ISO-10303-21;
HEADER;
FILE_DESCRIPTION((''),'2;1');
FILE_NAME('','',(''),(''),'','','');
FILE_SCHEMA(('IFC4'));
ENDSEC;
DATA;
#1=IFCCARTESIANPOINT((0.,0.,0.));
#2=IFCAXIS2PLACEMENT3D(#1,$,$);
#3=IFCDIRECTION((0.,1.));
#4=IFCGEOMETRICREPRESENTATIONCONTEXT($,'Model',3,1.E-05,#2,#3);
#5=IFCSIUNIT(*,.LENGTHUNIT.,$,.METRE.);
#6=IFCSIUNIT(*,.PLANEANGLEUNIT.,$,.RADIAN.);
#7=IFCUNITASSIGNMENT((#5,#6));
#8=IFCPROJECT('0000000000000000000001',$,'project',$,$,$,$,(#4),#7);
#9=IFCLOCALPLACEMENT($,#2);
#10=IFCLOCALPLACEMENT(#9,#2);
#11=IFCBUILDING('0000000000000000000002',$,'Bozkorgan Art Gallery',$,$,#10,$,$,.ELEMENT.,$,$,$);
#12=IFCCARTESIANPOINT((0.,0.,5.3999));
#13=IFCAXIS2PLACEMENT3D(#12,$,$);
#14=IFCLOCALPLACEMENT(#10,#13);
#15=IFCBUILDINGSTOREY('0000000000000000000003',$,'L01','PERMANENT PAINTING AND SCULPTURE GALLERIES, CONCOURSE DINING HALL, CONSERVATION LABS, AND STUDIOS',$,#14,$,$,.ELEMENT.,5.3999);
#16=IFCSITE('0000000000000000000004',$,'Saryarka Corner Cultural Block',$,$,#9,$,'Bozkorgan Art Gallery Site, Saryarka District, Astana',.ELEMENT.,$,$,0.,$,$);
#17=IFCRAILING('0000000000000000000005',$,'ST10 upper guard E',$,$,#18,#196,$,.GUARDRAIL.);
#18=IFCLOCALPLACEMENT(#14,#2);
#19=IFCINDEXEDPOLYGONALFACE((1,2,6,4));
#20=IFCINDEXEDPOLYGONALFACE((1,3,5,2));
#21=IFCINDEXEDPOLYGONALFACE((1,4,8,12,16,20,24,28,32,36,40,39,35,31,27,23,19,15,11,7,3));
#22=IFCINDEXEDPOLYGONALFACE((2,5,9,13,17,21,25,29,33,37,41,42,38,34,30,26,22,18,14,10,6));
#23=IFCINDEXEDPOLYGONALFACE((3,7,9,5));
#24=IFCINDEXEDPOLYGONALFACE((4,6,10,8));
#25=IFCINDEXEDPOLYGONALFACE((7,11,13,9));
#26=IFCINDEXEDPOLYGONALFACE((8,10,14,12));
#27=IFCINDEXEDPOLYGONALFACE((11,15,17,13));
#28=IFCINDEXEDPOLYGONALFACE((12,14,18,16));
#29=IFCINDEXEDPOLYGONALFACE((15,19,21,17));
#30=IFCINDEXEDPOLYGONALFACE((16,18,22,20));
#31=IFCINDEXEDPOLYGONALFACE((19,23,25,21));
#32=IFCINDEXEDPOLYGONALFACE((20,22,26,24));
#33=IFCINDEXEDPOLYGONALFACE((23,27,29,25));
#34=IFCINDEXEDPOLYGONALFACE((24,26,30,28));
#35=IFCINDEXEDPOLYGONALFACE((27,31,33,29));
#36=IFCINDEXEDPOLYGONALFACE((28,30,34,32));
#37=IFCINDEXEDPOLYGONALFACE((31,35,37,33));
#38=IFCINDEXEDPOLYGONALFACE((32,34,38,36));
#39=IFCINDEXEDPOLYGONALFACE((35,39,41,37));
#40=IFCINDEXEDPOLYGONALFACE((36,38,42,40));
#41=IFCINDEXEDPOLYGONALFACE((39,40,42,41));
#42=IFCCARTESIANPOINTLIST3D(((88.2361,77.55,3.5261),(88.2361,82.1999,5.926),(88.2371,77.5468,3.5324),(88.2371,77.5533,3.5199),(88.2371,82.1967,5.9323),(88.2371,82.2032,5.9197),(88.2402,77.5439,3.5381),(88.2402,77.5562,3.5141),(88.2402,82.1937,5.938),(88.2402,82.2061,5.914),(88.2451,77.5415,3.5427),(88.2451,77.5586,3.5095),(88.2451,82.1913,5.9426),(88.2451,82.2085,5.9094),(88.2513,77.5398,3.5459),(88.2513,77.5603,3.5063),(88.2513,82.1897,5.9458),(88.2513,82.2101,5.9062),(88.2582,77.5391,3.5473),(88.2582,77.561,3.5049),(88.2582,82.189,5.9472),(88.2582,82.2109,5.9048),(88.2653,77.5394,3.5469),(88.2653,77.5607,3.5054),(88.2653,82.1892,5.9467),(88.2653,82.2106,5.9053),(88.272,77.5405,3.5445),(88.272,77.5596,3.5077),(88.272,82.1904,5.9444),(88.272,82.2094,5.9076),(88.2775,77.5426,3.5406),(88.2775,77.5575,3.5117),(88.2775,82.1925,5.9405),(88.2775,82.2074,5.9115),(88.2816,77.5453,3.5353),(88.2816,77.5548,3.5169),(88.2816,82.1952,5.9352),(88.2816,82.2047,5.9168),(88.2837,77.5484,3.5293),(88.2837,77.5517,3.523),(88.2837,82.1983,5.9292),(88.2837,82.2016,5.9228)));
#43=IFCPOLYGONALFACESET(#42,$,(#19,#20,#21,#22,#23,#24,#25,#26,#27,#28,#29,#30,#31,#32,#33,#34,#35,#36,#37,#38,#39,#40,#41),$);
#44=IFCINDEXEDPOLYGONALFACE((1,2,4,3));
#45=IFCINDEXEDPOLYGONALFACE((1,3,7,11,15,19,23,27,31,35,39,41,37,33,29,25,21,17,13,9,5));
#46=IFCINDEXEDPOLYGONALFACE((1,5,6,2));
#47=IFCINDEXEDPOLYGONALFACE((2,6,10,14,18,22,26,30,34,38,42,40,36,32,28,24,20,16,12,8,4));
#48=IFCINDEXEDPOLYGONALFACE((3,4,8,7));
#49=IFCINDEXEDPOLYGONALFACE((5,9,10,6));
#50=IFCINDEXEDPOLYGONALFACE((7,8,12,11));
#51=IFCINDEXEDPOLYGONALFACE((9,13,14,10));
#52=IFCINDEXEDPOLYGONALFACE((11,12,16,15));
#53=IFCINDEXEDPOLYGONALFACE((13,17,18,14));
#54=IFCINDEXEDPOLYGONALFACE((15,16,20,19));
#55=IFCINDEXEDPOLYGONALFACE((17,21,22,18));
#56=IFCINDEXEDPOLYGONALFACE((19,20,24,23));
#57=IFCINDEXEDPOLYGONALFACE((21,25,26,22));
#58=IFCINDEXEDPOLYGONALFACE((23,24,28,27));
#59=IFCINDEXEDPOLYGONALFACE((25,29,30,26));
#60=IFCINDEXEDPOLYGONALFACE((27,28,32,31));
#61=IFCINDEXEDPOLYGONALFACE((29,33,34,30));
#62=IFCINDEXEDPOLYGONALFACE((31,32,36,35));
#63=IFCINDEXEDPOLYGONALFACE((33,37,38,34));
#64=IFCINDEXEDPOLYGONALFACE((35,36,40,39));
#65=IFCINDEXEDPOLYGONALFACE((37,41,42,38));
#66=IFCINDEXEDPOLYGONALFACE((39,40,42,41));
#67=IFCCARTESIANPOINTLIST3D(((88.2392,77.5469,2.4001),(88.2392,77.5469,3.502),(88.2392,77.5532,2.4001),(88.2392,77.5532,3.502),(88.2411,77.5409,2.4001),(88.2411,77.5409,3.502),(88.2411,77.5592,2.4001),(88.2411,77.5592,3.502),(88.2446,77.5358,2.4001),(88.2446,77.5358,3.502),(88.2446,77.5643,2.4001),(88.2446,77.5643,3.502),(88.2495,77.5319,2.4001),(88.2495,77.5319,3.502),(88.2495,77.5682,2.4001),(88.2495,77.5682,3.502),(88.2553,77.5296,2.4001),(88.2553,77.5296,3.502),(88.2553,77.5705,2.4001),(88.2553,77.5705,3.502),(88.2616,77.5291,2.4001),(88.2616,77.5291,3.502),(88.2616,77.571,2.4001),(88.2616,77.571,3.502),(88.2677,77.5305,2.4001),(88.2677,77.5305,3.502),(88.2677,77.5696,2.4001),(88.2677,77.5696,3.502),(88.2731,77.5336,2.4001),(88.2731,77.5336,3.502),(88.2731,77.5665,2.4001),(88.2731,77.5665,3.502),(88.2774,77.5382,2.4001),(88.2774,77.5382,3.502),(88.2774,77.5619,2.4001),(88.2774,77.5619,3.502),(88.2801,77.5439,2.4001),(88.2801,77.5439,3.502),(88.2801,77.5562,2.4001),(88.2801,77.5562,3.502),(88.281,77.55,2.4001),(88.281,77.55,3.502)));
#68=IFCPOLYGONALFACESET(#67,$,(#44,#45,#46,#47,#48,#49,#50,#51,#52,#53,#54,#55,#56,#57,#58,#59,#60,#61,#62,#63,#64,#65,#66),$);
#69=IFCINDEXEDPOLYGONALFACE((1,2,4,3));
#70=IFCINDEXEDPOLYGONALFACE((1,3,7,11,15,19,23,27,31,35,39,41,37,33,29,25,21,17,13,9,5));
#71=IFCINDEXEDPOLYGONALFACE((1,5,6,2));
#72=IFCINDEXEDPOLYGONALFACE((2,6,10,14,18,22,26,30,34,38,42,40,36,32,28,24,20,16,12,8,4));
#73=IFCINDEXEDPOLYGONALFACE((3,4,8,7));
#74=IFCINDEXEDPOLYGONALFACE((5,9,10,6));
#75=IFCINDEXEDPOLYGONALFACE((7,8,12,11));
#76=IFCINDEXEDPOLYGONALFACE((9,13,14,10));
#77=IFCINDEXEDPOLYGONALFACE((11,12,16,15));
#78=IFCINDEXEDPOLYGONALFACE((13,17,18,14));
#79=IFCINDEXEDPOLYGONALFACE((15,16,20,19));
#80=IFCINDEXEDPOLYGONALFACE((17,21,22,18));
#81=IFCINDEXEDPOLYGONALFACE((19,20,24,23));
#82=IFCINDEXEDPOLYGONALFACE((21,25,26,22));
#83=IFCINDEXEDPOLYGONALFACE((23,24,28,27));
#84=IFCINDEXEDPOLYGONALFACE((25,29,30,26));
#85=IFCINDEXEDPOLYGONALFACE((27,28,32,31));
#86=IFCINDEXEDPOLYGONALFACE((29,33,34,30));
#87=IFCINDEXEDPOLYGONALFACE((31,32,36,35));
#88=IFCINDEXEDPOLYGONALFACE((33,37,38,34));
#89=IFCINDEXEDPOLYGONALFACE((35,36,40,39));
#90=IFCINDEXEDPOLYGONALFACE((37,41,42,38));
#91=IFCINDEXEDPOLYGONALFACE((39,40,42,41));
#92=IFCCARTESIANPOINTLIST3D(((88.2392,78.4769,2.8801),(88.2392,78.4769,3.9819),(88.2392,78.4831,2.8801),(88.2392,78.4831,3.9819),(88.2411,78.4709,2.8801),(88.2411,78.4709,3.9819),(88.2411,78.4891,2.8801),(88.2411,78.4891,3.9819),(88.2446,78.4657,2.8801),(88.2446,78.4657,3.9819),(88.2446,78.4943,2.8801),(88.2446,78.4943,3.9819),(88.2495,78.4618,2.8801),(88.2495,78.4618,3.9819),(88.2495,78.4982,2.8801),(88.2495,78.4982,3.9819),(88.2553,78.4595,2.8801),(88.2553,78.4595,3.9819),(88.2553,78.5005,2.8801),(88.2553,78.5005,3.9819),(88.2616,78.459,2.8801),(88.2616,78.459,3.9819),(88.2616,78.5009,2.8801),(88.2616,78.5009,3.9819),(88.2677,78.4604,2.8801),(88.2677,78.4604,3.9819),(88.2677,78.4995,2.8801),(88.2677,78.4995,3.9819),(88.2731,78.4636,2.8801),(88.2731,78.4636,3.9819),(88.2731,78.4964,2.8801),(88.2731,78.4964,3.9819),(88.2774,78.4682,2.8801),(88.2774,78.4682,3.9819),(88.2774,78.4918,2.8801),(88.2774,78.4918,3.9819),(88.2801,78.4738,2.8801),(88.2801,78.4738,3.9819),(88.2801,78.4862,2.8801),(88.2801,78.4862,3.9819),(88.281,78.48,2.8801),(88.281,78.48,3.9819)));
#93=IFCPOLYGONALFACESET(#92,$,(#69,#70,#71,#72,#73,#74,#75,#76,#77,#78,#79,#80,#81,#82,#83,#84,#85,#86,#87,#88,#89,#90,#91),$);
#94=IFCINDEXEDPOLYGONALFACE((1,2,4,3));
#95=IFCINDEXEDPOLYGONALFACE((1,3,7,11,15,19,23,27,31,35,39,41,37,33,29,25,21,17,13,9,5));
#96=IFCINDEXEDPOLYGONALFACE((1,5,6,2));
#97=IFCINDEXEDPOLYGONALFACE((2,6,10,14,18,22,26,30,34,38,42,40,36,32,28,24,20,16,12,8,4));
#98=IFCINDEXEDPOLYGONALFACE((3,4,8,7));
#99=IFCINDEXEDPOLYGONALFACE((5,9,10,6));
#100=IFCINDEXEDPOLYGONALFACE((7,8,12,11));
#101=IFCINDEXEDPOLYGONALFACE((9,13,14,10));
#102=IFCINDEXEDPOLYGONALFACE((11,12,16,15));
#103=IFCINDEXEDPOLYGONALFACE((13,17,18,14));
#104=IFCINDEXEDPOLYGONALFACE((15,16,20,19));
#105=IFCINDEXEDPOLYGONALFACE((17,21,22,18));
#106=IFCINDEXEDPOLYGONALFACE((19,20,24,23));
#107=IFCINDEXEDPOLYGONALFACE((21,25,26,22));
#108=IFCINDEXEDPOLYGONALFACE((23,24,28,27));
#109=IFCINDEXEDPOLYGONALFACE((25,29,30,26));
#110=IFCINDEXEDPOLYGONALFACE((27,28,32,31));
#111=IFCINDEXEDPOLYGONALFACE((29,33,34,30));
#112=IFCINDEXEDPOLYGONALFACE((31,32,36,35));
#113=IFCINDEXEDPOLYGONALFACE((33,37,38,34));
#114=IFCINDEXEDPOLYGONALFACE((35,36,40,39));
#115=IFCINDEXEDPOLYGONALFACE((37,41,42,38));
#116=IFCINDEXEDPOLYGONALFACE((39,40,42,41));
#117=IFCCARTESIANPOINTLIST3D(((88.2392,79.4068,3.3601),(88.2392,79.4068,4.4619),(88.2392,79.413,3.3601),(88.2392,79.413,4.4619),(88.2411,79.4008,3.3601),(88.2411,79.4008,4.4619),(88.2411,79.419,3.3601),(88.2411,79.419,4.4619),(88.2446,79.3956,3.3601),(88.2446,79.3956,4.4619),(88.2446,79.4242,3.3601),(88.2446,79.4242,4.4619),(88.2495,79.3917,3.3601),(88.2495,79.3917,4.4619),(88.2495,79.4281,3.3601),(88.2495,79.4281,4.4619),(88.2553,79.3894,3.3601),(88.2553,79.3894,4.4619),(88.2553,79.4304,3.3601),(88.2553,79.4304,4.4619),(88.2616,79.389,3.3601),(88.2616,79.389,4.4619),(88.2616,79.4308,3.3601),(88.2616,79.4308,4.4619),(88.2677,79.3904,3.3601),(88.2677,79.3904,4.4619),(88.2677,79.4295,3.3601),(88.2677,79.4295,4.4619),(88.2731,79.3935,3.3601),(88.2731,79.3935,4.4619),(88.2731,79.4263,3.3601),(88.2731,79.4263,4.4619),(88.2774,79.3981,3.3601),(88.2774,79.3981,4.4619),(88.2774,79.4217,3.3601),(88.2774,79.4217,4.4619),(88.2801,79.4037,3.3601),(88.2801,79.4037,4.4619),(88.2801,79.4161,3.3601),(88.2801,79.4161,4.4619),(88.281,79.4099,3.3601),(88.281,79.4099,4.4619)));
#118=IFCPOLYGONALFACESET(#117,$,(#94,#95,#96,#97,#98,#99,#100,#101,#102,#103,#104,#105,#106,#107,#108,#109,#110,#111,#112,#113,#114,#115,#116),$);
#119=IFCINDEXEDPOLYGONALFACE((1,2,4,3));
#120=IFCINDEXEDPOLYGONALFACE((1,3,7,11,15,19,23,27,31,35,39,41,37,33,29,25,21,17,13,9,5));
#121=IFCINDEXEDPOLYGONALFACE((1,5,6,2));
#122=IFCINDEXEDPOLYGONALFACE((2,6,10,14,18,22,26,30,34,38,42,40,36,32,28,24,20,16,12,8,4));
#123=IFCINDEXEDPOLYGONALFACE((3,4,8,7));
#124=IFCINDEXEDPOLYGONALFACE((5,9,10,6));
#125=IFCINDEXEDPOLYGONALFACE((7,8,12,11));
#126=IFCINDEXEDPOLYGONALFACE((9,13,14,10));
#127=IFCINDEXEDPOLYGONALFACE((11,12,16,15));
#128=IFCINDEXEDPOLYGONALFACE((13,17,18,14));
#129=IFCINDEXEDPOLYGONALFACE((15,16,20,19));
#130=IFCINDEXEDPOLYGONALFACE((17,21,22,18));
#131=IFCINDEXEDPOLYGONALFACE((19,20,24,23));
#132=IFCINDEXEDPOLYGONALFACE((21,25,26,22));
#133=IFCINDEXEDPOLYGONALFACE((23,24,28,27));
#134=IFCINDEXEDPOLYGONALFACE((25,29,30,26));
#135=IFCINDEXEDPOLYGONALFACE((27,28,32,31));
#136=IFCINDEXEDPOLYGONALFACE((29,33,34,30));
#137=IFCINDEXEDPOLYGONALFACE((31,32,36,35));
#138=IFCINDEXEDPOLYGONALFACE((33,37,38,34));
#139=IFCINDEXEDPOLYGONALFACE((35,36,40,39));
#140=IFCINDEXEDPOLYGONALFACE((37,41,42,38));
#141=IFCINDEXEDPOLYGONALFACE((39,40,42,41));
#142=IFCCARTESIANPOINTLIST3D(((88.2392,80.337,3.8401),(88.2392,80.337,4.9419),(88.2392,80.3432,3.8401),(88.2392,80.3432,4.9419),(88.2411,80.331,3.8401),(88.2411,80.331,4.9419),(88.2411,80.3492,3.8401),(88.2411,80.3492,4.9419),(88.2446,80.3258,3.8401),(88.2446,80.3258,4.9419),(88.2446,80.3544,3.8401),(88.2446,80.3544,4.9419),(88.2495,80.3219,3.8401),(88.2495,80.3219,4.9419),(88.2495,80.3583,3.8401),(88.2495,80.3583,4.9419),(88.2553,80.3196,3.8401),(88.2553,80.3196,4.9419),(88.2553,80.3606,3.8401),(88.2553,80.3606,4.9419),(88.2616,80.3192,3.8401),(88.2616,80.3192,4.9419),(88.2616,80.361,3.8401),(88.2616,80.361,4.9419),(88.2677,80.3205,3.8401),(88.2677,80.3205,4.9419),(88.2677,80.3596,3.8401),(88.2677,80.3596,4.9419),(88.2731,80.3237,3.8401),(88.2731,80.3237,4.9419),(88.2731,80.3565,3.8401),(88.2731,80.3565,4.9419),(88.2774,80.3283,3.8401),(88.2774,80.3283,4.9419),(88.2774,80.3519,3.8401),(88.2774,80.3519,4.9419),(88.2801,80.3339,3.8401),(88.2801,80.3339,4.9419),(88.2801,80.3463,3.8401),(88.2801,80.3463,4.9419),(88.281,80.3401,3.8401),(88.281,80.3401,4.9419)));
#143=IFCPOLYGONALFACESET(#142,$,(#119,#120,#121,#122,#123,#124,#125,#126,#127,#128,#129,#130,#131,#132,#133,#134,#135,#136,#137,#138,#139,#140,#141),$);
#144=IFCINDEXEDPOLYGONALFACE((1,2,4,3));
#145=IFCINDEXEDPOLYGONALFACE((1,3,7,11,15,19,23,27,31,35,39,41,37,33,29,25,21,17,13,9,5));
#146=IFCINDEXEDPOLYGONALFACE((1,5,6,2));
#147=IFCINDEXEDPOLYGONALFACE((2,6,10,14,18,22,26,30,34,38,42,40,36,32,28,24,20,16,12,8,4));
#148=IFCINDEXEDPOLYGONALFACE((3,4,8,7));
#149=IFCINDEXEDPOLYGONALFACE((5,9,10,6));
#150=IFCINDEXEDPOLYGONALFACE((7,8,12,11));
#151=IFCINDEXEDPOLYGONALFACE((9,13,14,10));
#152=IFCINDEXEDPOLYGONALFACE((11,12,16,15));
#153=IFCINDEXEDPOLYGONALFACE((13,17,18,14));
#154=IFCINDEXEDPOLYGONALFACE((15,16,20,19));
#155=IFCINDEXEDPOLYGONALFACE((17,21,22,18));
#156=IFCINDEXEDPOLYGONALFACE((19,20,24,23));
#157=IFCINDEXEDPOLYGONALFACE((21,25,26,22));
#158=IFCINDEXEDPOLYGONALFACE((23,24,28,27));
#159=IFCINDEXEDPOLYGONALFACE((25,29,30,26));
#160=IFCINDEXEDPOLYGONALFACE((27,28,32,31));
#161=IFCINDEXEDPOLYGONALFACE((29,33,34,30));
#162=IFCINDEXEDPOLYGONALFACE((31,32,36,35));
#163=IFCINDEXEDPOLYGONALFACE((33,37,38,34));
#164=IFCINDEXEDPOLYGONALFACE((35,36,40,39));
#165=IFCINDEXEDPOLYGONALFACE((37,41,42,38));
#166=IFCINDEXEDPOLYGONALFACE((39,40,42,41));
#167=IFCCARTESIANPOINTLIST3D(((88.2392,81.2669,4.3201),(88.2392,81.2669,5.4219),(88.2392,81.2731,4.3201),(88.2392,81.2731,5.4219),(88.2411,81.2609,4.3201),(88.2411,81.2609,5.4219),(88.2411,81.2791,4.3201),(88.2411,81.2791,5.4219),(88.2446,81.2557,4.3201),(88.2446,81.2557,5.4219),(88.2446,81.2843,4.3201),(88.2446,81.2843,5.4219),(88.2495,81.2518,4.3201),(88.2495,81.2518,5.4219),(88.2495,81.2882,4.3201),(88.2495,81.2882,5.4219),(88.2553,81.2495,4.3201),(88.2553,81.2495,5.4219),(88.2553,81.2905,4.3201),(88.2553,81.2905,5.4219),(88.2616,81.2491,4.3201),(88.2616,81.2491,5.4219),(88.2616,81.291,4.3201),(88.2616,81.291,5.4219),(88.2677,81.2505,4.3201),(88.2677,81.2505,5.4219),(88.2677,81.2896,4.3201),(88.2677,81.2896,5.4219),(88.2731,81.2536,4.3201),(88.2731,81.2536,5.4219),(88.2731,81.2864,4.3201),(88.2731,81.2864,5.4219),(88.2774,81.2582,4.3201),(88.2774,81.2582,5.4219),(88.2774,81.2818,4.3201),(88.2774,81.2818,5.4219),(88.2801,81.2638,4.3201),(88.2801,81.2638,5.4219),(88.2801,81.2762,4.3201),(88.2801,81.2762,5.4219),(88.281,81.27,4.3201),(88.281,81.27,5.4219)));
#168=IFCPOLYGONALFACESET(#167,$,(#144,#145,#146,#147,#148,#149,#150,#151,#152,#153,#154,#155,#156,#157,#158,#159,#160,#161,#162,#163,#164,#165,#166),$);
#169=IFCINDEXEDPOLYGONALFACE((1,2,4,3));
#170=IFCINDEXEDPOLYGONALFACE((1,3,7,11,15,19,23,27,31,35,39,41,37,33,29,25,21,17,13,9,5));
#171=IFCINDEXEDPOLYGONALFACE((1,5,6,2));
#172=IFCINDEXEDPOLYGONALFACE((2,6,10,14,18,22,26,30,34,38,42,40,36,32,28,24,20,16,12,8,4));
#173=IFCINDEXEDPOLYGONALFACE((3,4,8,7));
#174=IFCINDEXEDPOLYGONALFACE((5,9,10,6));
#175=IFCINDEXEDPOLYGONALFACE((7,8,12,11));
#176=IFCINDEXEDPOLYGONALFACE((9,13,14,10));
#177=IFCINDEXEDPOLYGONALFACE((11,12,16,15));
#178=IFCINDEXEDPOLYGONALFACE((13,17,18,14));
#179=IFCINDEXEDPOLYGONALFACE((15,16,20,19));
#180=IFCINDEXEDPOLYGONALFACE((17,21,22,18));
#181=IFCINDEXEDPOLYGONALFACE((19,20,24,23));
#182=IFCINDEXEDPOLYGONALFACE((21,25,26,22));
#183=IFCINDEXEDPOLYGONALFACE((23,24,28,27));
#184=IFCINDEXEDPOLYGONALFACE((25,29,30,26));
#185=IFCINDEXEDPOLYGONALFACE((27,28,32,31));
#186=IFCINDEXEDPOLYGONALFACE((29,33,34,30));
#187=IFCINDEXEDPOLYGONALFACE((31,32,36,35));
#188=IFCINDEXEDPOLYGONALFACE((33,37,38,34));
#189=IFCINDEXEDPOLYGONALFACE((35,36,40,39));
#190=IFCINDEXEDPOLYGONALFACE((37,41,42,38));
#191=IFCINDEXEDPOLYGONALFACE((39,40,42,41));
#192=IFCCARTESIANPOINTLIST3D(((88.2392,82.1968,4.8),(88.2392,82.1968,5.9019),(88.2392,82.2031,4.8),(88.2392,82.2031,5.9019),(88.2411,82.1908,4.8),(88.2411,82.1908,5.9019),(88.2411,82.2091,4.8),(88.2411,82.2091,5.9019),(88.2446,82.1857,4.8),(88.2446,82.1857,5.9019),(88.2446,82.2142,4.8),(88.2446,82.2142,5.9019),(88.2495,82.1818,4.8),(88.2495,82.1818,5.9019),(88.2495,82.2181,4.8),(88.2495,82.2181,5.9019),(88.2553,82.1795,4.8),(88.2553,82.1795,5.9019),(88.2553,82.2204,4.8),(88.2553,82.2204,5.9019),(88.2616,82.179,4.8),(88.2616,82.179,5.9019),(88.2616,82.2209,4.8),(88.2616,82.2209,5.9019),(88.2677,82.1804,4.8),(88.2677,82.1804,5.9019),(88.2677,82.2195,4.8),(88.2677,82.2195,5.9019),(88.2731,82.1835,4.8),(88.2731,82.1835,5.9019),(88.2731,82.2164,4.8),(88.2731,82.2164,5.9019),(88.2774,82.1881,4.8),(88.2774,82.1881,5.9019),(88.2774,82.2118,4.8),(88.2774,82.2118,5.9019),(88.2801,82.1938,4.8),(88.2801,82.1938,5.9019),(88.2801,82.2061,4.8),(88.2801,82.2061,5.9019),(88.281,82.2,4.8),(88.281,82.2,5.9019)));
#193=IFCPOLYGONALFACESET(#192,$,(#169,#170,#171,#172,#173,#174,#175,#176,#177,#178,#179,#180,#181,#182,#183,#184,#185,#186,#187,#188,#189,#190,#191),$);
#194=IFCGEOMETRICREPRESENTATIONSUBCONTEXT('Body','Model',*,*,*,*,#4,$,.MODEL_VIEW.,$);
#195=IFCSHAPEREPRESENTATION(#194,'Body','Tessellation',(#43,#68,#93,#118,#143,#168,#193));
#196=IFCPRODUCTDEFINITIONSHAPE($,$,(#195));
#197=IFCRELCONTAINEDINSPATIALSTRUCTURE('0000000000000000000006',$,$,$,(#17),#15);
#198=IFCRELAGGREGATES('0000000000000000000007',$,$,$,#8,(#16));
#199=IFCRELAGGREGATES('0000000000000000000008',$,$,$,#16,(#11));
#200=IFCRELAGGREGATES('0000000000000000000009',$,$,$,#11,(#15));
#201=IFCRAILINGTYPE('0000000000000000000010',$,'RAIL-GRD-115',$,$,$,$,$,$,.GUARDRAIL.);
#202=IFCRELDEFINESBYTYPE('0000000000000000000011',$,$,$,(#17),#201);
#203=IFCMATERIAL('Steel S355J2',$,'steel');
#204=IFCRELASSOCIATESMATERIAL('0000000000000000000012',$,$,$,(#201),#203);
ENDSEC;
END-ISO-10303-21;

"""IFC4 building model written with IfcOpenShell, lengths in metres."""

from ifc_helpers import new_model, si_unit, direction, frame, origin, origin_2d, place, context, subcontext, project, spatial, circle, extrude, material, type_object, element, save


model = new_model("IFC4")

# Units and contexts
model_context = context("Model", 3, precision=1e-05, world=origin(), true_north=direction((0.0, 1.0)))
body_context = subcontext(model_context, "Body", "Model", "MODEL_VIEW")
ifc_project = project(units=[si_unit("LENGTHUNIT", "METRE"), si_unit("PLANEANGLEUNIT", "RADIAN")], contexts=[model_context])

# Site, building, storey
site_placement = place(None, origin())
site = spatial("IfcSite", under=ifc_project, at=site_placement, Name="Saryarka Corner Cultural Block", LongName="Bozkorgan Art Gallery Site, Saryarka District, Astana", CompositionType="ELEMENT", RefElevation=0.0)
building_placement = place(site_placement, origin())
building = spatial("IfcBuilding", under=site, at=building_placement, Name="Bozkorgan Art Gallery", CompositionType="ELEMENT")
storey_placement = place(building_placement, frame((0.0, 0.0, 5.3999)))
storey = spatial("IfcBuildingStorey", under=building, at=storey_placement, Name="L01", Description="PERMANENT PAINTING AND SCULPTURE GALLERIES, CONCOURSE DINING HALL, CONSERVATION LABS, AND STUDIOS", CompositionType="ELEMENT", Elevation=5.3999)

# Shared definitions
ifc_material_1 = material(Name="Steel S355J2", Category="steel")

# Railing
railing_type = type_object("IfcRailingType", Name="RAIL-GRD-115", PredefinedType="GUARDRAIL", material=ifc_material_1)
railing_1_placement = place(storey_placement, frame((88.26, 77.55, 2.4001)))
element("IfcRailing", 1, at=railing_1_placement, inside=storey, type_object=railing_type, Name="ST10 upper guard E", PredefinedType="GUARDRAIL", context=body_context, shape_type="SweptSolid", body=[
    extrude(circle(Radius=0.0239, at=origin_2d()), frame((0.0, 0.0, 1.126), z_axis=(0.0, 0.888624, 0.458636), x_axis=(-1.0, 0.0, 0.0)), (0.0, 0.0, 1.0), 5.2327),
    extrude(circle(Radius=0.021, at=origin_2d()), origin(), (0.0, 0.0, 1.0), 1.1018),
    extrude(circle(Radius=0.021, at=origin_2d()), frame((0.0, 0.9299, 0.48)), (0.0, 0.0, 1.0), 1.1018),
    extrude(circle(Radius=0.021, at=origin_2d()), frame((0.0, 1.8599, 0.96)), (0.0, 0.0, 1.0), 1.1018),
    extrude(circle(Radius=0.021, at=origin_2d()), frame((0.0, 2.79, 1.4399)), (0.0, 0.0, 1.0), 1.1018),
    extrude(circle(Radius=0.021, at=origin_2d()), frame((0.0, 3.72, 1.9199)), (0.0, 0.0, 1.0), 1.1018),
    extrude(circle(Radius=0.021, at=origin_2d()), frame((0.0, 4.6499, 2.3999)), (0.0, 0.0, 1.0), 1.1018),
])

save(model, "model.ifc")
